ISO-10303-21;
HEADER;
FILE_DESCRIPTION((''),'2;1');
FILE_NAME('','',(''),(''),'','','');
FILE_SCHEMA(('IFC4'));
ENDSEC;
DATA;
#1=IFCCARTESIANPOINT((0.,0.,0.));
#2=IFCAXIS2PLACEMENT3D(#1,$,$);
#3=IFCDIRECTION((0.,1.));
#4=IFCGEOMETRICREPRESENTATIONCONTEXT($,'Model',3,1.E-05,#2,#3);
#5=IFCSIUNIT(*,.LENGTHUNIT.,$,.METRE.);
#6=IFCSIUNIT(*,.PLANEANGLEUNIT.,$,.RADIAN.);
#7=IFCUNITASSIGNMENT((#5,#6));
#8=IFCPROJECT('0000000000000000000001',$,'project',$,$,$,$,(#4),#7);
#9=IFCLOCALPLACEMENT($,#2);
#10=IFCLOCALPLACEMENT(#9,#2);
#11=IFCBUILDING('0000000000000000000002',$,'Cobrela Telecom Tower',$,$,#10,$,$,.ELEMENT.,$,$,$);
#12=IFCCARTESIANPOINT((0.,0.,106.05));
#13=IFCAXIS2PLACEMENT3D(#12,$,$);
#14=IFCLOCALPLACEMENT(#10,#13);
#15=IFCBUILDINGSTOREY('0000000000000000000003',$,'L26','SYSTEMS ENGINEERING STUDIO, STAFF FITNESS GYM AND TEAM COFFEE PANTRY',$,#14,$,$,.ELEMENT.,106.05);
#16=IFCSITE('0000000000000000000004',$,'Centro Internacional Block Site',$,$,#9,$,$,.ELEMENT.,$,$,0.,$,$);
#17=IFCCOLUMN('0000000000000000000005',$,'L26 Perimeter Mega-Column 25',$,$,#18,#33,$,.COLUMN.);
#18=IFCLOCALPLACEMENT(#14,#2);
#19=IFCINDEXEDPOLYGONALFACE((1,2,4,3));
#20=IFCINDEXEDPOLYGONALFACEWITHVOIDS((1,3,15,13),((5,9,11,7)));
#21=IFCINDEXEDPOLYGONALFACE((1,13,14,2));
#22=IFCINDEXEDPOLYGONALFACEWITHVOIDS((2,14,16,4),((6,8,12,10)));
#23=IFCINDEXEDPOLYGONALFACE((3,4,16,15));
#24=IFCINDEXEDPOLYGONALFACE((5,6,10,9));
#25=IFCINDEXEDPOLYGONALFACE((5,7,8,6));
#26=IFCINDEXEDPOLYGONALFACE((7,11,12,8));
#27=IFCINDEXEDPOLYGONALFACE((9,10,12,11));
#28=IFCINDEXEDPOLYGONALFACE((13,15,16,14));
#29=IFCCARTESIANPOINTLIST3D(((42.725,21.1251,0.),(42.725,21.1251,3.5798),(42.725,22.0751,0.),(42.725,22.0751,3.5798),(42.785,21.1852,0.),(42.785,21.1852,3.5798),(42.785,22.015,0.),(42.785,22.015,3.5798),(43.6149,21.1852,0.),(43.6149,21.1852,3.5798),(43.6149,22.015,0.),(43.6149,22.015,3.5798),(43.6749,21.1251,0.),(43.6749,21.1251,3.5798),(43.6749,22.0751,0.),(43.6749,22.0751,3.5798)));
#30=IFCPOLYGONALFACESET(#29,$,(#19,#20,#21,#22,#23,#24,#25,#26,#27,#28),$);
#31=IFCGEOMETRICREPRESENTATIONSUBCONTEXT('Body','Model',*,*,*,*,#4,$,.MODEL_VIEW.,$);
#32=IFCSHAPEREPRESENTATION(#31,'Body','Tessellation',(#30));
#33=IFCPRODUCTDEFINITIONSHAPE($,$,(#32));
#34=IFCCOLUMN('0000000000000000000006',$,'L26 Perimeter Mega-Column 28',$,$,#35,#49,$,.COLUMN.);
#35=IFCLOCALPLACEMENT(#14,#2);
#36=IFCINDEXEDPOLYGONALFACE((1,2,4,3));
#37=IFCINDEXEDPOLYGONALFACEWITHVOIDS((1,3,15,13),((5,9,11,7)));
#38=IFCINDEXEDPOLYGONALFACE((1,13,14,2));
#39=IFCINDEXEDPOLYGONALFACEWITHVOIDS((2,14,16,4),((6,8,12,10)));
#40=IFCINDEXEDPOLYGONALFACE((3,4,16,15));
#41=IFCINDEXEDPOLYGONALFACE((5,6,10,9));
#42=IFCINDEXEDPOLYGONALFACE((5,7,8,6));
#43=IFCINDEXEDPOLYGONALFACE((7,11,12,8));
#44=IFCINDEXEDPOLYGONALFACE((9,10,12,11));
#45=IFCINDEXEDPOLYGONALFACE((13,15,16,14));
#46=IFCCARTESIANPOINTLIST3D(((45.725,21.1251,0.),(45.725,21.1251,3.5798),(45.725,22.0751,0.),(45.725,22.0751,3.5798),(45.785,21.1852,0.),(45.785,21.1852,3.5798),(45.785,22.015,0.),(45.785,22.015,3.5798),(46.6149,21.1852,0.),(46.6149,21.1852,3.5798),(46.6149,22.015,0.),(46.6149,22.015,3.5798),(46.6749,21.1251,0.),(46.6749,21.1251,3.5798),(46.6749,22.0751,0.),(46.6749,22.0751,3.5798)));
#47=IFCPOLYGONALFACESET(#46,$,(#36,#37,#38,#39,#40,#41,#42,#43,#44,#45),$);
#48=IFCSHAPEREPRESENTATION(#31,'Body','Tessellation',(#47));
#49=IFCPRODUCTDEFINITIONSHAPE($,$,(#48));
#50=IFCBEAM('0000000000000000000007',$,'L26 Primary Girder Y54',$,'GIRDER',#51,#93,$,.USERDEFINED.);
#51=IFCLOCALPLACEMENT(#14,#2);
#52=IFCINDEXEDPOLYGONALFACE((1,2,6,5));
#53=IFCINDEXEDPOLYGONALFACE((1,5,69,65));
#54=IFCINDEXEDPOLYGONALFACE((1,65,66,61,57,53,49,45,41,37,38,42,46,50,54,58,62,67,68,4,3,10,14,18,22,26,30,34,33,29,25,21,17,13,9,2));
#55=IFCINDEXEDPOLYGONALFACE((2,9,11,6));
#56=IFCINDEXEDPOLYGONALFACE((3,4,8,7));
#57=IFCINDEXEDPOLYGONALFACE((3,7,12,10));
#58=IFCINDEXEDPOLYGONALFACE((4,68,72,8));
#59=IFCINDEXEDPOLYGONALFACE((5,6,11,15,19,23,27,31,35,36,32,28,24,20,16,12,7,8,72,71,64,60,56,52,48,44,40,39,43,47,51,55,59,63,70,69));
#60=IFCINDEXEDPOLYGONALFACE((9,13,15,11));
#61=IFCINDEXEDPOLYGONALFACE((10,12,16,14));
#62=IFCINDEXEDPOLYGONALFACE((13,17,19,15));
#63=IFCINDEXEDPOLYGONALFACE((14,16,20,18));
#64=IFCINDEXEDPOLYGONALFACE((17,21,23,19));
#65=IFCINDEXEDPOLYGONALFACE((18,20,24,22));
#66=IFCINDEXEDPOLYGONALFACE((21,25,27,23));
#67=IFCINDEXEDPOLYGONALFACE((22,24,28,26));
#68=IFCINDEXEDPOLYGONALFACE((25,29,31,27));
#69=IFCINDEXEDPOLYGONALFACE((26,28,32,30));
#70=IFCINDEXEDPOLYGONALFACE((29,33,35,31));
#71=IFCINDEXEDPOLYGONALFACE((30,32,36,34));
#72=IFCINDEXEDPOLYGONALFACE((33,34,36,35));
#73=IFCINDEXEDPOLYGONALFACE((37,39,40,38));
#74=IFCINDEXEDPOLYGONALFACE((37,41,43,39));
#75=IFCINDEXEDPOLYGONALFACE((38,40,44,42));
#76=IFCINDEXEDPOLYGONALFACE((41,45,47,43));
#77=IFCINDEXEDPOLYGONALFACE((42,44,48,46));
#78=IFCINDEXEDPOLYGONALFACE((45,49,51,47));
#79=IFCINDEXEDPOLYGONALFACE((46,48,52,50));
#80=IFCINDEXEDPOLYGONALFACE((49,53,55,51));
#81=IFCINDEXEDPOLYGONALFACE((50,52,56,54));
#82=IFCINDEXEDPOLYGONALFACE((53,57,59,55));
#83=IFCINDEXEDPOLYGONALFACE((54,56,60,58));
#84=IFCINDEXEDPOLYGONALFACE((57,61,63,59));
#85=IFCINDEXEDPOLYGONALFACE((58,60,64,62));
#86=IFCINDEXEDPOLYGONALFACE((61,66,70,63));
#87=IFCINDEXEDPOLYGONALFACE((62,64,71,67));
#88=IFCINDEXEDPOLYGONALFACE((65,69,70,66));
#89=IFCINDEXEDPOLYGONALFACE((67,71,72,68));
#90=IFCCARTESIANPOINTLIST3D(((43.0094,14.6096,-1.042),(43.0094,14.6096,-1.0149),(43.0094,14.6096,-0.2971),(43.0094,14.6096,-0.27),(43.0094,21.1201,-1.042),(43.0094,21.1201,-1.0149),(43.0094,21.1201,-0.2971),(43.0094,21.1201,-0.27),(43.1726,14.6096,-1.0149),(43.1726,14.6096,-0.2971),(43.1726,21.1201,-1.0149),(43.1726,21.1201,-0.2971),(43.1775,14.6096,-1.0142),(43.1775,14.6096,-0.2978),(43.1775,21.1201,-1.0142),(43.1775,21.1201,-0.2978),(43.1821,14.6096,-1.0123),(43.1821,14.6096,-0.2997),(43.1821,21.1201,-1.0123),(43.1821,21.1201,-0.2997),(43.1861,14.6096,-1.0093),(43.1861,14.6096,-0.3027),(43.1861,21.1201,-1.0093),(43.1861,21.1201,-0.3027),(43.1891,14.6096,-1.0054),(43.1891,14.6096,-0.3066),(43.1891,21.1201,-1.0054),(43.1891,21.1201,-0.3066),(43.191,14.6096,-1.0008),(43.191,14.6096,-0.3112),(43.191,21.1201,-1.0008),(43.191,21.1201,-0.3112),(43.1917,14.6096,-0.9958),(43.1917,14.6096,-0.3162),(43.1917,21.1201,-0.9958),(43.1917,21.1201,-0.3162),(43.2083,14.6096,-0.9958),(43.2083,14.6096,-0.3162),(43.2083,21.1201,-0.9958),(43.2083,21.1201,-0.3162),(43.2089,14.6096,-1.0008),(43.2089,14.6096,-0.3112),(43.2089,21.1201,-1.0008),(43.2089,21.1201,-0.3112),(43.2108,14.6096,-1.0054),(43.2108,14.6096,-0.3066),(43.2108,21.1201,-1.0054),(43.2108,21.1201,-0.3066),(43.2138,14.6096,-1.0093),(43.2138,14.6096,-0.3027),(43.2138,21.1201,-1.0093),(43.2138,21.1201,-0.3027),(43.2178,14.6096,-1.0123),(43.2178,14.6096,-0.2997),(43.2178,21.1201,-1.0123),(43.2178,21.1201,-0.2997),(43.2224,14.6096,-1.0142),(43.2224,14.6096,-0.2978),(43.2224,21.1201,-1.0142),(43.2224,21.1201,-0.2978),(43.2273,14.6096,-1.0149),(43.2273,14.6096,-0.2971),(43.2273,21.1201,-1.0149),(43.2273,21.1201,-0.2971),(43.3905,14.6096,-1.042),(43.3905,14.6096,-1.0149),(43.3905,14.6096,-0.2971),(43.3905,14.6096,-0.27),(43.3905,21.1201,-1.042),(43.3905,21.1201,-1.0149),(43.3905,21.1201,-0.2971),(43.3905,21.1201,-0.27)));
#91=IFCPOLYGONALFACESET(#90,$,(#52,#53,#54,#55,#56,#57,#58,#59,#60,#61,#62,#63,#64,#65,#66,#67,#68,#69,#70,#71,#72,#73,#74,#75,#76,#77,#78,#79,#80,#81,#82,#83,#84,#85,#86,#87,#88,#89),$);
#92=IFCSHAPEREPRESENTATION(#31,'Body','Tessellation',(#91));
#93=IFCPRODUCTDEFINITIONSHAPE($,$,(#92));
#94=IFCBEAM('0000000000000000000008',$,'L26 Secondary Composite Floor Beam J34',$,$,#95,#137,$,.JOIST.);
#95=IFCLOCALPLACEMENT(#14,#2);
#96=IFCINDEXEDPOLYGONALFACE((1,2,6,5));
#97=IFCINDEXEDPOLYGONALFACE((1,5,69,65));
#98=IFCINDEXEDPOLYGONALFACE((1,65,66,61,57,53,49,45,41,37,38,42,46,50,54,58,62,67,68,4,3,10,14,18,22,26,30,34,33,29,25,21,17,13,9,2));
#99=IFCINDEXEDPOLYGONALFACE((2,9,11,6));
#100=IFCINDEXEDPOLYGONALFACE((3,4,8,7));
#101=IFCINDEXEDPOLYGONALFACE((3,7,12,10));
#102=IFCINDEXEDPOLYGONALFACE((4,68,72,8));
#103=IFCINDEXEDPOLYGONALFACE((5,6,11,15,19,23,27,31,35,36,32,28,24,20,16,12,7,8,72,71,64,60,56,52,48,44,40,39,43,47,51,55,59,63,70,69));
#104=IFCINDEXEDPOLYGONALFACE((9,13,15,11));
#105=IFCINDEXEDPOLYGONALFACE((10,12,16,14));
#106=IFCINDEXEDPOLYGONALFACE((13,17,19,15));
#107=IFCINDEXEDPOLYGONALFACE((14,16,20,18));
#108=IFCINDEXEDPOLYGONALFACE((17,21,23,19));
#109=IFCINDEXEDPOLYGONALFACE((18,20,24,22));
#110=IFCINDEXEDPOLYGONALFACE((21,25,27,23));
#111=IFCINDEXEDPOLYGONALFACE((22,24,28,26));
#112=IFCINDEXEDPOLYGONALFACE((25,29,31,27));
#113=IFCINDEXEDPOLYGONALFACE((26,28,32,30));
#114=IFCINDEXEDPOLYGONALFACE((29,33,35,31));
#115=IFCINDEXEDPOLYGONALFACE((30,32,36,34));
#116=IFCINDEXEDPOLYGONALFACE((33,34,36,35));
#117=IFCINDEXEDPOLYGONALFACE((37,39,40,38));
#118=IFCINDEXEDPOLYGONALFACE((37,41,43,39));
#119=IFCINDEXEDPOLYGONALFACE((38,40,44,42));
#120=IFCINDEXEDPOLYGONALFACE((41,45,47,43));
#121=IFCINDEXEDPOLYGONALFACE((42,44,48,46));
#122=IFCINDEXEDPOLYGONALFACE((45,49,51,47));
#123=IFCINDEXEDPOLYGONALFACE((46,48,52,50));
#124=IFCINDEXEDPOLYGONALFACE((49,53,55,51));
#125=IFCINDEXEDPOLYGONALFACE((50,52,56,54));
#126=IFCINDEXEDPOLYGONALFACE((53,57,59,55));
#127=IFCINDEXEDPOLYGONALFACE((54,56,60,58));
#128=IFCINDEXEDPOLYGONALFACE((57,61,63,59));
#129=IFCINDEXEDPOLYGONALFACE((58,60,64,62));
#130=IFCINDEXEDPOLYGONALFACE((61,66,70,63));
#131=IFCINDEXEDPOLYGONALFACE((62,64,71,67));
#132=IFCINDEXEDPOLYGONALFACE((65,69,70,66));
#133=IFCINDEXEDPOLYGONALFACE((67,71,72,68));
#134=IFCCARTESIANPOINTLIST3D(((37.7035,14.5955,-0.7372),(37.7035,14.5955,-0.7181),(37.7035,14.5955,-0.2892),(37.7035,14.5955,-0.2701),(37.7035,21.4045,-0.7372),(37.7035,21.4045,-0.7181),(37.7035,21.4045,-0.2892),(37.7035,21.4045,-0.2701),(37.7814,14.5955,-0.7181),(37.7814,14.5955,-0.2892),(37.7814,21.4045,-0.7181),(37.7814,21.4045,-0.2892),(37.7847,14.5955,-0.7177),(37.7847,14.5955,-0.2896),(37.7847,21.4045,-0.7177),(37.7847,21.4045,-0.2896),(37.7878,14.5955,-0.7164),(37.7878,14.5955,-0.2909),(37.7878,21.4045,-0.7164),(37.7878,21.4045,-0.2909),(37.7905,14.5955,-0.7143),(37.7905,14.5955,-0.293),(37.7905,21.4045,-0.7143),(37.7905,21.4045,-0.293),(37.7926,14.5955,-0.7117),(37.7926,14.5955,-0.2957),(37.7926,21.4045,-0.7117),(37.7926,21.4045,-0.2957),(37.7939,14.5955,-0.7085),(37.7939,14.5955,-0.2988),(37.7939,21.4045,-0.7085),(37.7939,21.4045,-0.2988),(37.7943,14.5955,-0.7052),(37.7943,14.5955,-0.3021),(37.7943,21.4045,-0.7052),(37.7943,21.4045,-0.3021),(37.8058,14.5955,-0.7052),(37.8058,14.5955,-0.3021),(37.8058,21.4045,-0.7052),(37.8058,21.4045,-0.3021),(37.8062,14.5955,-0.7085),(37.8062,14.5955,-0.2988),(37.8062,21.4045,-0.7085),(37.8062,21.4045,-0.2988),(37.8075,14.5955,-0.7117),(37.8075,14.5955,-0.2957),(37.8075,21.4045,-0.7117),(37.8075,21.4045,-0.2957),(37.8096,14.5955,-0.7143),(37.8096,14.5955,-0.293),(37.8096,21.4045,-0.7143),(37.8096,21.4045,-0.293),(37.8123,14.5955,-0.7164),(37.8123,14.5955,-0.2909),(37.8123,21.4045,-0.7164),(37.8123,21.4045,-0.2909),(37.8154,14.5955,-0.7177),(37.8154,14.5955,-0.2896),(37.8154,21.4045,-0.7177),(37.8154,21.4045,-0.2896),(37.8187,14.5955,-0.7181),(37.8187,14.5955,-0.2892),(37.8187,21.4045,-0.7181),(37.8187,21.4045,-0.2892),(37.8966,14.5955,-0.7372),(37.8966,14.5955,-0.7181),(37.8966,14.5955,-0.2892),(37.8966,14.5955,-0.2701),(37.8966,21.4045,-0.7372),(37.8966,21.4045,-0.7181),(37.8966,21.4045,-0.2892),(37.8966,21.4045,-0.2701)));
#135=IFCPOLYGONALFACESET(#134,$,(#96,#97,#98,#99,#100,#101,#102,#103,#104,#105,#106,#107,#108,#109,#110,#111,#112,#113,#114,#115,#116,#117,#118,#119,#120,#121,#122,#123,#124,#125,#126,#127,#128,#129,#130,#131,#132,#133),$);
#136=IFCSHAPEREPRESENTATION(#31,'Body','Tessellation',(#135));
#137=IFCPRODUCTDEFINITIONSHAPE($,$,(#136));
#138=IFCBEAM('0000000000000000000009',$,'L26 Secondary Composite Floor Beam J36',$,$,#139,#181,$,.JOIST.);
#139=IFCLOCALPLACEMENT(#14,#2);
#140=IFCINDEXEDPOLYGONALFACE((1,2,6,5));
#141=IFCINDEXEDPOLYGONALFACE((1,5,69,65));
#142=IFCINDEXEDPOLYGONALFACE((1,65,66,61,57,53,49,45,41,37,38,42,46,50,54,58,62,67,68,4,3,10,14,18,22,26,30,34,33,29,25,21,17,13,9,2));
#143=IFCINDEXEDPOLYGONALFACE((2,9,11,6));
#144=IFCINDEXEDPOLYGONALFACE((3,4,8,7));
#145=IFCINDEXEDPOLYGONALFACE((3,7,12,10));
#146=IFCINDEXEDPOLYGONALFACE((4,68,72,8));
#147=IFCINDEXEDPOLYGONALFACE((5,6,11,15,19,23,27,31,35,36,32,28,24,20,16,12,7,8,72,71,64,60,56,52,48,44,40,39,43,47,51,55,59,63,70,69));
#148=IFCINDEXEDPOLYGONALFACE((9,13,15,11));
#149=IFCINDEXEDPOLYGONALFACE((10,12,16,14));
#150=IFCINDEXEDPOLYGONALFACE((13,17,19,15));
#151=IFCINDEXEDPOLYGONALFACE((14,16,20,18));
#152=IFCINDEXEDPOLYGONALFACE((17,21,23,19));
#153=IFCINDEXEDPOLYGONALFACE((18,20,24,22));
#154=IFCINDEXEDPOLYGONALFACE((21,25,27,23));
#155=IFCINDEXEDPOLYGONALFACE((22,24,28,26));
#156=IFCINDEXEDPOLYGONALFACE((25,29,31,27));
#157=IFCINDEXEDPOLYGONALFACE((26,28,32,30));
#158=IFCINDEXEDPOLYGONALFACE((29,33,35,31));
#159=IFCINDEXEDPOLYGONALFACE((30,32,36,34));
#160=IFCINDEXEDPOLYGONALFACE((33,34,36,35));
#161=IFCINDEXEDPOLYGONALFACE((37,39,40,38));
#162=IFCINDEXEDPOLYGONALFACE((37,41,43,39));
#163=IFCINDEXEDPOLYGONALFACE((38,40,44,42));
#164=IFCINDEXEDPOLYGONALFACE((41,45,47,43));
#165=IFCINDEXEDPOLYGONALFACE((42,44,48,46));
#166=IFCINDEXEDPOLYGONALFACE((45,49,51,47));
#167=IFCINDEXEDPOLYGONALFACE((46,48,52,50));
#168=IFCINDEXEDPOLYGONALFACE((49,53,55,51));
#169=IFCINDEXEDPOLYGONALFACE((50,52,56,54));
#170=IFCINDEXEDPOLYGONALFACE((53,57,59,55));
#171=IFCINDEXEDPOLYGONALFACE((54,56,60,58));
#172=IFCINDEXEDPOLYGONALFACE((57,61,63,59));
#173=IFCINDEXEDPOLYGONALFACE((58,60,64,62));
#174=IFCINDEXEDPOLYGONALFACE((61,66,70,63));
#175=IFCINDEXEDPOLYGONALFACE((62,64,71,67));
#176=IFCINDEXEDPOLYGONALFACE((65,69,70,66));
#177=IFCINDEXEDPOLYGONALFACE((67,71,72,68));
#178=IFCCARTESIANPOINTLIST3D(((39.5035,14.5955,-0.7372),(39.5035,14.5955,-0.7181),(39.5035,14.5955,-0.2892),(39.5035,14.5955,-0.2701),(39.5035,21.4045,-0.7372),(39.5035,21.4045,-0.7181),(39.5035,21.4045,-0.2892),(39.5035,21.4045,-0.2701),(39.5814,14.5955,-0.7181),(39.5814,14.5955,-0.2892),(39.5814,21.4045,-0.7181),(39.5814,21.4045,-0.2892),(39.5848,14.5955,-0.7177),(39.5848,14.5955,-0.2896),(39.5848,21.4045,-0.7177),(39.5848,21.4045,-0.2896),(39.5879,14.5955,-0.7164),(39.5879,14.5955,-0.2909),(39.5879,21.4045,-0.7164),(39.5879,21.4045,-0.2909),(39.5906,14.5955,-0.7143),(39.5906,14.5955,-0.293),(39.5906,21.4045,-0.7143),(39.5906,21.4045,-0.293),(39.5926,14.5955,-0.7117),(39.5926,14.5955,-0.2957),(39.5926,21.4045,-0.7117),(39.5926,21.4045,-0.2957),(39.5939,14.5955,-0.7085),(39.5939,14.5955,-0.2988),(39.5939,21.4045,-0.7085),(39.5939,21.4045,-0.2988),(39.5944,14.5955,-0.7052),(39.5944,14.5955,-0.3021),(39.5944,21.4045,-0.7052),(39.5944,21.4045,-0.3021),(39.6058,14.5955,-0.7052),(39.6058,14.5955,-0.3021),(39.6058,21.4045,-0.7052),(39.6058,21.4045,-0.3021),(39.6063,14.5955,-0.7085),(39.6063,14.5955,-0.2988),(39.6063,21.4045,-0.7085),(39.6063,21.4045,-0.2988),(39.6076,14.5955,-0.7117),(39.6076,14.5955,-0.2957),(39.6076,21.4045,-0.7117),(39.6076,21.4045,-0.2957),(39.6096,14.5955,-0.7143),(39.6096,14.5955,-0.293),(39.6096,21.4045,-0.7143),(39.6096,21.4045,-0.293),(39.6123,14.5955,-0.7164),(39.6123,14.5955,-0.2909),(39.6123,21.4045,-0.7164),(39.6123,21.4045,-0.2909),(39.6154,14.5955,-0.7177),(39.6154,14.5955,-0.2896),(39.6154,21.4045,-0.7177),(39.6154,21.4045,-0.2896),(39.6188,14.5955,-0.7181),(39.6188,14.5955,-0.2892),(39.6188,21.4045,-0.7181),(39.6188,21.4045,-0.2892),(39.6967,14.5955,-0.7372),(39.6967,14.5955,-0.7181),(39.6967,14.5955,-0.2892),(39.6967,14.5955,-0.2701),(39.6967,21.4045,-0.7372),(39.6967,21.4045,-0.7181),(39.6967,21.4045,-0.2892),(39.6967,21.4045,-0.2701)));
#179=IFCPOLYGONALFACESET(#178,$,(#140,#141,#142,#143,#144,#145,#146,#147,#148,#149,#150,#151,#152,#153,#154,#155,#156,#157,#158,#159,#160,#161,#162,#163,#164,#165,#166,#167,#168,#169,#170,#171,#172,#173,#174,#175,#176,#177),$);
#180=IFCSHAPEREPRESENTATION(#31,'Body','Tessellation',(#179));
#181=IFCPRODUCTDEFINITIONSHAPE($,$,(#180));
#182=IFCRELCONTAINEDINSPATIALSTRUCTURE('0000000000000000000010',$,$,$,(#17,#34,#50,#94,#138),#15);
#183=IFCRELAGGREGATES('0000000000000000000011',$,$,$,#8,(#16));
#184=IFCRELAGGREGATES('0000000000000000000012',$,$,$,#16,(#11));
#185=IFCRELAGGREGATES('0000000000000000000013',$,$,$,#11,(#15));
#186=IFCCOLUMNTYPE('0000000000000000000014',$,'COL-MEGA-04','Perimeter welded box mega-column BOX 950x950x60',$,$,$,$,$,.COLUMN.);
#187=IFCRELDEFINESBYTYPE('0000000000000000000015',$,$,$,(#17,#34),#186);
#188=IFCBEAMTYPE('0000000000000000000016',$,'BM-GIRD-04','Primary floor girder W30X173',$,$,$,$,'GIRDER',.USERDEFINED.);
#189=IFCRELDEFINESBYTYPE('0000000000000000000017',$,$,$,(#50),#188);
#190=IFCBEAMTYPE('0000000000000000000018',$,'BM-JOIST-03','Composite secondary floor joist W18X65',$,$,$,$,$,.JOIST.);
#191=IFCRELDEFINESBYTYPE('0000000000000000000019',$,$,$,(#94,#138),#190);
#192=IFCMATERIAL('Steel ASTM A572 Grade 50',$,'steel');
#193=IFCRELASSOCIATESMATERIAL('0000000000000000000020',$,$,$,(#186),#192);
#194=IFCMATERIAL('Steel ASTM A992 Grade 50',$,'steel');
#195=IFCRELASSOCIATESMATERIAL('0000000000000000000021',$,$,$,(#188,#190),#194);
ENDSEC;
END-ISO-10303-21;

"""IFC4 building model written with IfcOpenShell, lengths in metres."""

from ifc_helpers import new_model, si_unit, direction, frame, origin, origin_2d, place, context, subcontext, project, spatial, hollow_rectangle, i_section, extrude, material, material_profile, profile_set, type_object, element, save


model = new_model("IFC4")

# Units and contexts
model_context = context("Model", 3, precision=1e-05, world=origin(), true_north=direction((0.0, 1.0)))
body_context = subcontext(model_context, "Body", "Model", "MODEL_VIEW")
ifc_project = project(units=[si_unit("LENGTHUNIT", "METRE"), si_unit("PLANEANGLEUNIT", "RADIAN")], contexts=[model_context])

# Site, building, storey
site_placement = place(None, origin())
site = spatial("IfcSite", under=ifc_project, at=site_placement, Name="Centro Internacional Block Site", CompositionType="ELEMENT", RefElevation=0.0)
building_placement = place(site_placement, origin())
building = spatial("IfcBuilding", under=site, at=building_placement, Name="Cobrela Telecom Tower", CompositionType="ELEMENT")
storey_placement = place(building_placement, frame((0.0, 0.0, 106.05)))
storey = spatial("IfcBuildingStorey", under=building, at=storey_placement, Name="L26", Description="SYSTEMS ENGINEERING STUDIO, STAFF FITNESS GYM AND TEAM COFFEE PANTRY", CompositionType="ELEMENT", Elevation=106.05)

# Columns
ifc_material_1 = material(Name="Steel ASTM A572 Grade 50", Category="steel")
ifc_material_profile_1 = material_profile(ifc_material_1, hollow_rectangle(XDim=0.95, YDim=0.95, WallThickness=0.0601, at=origin_2d()), Name="BOX 950x950x60")
ifc_profile_set_1 = profile_set([ifc_material_profile_1], Name="Steel ASTM A572 Grade 50")
column_type = type_object("IfcColumnType", Name="COL-MEGA-04", Description="Perimeter welded box mega-column BOX 950x950x60", PredefinedType="COLUMN", material=ifc_profile_set_1)
for number, where, z_axis, x_axis, name in (
    (1, (43.2, 21.6001, 0.0), (0.0, 0.0, 1.0), (1.0, 0.0, 0.0), "L26 Perimeter Mega-Column 25"),
    (2, (46.2, 21.6001, 0.0), (0.0, 0.0, 1.0), (1.0, 0.0, 0.0), "L26 Perimeter Mega-Column 28"),
):
    element("IfcColumn", number, at=place(storey_placement, frame(where, z_axis=z_axis, x_axis=x_axis)), inside=storey, type_object=column_type, Name=name, PredefinedType="COLUMN", context=body_context, shape_type="SweptSolid", body=[
        extrude(hollow_rectangle(XDim=0.95, YDim=0.95, WallThickness=0.0601, at=origin_2d()), origin(), (0.0, 0.0, 1.0), 3.5798),
    ])

# Beams
ifc_material_2 = material(Name="Steel ASTM A992 Grade 50", Category="steel")
ifc_material_profile_2 = material_profile(ifc_material_2, i_section(OverallWidth=0.3811, OverallDepth=0.772, WebThickness=0.0166, FlangeThickness=0.0271, FilletRadius=0.019, at=origin_2d()), Name="W30X173")
ifc_profile_set_2 = profile_set([ifc_material_profile_2], Name="Steel ASTM A992 Grade 50")
beam_type_1 = type_object("IfcBeamType", Name="BM-GIRD-04", Description="Primary floor girder W30X173", ElementType="GIRDER", PredefinedType="USERDEFINED", material=ifc_profile_set_2)
beam_1_placement = place(storey_placement, frame((43.2, 14.6096, -0.656), z_axis=(0.0, 1.0, 0.0), x_axis=(-1.0, 0.0, 0.0)))
element("IfcBeam", 3, at=beam_1_placement, inside=storey, type_object=beam_type_1, Name="L26 Primary Girder Y54", ObjectType="GIRDER", PredefinedType="USERDEFINED", context=body_context, shape_type="SweptSolid", body=[
    extrude(i_section(OverallWidth=0.3811, OverallDepth=0.772, WebThickness=0.0166, FlangeThickness=0.0271, FilletRadius=0.019, at=origin_2d()), origin(), (0.0, 0.0, 1.0), 6.5105),
])
ifc_material_profile_3 = material_profile(ifc_material_2, i_section(OverallWidth=0.1931, OverallDepth=0.467, WebThickness=0.0115, FlangeThickness=0.019, FilletRadius=0.0129, at=origin_2d()), Name="W18X65")
ifc_profile_set_3 = profile_set([ifc_material_profile_3], Name="Steel ASTM A992 Grade 50")
beam_type_2 = type_object("IfcBeamType", Name="BM-JOIST-03", Description="Composite secondary floor joist W18X65", PredefinedType="JOIST", material=ifc_profile_set_3)
for number, where, z_axis, x_axis, name in (
    (4, (37.8, 14.5955, -0.5037), (0.0, 1.0, 0.0), (-1.0, 0.0, 0.0), "L26 Secondary Composite Floor Beam J34"),
    (5, (39.6001, 14.5955, -0.5037), (0.0, 1.0, 0.0), (-1.0, 0.0, 0.0), "L26 Secondary Composite Floor Beam J36"),
):
    element("IfcBeam", number, at=place(storey_placement, frame(where, z_axis=z_axis, x_axis=x_axis)), inside=storey, type_object=beam_type_2, Name=name, PredefinedType="JOIST", context=body_context, shape_type="SweptSolid", body=[
        extrude(i_section(OverallWidth=0.1931, OverallDepth=0.467, WebThickness=0.0115, FlangeThickness=0.019, FilletRadius=0.0129, at=origin_2d()), origin(), (0.0, 0.0, 1.0), 6.8091),
    ])

save(model, "model.ifc")
